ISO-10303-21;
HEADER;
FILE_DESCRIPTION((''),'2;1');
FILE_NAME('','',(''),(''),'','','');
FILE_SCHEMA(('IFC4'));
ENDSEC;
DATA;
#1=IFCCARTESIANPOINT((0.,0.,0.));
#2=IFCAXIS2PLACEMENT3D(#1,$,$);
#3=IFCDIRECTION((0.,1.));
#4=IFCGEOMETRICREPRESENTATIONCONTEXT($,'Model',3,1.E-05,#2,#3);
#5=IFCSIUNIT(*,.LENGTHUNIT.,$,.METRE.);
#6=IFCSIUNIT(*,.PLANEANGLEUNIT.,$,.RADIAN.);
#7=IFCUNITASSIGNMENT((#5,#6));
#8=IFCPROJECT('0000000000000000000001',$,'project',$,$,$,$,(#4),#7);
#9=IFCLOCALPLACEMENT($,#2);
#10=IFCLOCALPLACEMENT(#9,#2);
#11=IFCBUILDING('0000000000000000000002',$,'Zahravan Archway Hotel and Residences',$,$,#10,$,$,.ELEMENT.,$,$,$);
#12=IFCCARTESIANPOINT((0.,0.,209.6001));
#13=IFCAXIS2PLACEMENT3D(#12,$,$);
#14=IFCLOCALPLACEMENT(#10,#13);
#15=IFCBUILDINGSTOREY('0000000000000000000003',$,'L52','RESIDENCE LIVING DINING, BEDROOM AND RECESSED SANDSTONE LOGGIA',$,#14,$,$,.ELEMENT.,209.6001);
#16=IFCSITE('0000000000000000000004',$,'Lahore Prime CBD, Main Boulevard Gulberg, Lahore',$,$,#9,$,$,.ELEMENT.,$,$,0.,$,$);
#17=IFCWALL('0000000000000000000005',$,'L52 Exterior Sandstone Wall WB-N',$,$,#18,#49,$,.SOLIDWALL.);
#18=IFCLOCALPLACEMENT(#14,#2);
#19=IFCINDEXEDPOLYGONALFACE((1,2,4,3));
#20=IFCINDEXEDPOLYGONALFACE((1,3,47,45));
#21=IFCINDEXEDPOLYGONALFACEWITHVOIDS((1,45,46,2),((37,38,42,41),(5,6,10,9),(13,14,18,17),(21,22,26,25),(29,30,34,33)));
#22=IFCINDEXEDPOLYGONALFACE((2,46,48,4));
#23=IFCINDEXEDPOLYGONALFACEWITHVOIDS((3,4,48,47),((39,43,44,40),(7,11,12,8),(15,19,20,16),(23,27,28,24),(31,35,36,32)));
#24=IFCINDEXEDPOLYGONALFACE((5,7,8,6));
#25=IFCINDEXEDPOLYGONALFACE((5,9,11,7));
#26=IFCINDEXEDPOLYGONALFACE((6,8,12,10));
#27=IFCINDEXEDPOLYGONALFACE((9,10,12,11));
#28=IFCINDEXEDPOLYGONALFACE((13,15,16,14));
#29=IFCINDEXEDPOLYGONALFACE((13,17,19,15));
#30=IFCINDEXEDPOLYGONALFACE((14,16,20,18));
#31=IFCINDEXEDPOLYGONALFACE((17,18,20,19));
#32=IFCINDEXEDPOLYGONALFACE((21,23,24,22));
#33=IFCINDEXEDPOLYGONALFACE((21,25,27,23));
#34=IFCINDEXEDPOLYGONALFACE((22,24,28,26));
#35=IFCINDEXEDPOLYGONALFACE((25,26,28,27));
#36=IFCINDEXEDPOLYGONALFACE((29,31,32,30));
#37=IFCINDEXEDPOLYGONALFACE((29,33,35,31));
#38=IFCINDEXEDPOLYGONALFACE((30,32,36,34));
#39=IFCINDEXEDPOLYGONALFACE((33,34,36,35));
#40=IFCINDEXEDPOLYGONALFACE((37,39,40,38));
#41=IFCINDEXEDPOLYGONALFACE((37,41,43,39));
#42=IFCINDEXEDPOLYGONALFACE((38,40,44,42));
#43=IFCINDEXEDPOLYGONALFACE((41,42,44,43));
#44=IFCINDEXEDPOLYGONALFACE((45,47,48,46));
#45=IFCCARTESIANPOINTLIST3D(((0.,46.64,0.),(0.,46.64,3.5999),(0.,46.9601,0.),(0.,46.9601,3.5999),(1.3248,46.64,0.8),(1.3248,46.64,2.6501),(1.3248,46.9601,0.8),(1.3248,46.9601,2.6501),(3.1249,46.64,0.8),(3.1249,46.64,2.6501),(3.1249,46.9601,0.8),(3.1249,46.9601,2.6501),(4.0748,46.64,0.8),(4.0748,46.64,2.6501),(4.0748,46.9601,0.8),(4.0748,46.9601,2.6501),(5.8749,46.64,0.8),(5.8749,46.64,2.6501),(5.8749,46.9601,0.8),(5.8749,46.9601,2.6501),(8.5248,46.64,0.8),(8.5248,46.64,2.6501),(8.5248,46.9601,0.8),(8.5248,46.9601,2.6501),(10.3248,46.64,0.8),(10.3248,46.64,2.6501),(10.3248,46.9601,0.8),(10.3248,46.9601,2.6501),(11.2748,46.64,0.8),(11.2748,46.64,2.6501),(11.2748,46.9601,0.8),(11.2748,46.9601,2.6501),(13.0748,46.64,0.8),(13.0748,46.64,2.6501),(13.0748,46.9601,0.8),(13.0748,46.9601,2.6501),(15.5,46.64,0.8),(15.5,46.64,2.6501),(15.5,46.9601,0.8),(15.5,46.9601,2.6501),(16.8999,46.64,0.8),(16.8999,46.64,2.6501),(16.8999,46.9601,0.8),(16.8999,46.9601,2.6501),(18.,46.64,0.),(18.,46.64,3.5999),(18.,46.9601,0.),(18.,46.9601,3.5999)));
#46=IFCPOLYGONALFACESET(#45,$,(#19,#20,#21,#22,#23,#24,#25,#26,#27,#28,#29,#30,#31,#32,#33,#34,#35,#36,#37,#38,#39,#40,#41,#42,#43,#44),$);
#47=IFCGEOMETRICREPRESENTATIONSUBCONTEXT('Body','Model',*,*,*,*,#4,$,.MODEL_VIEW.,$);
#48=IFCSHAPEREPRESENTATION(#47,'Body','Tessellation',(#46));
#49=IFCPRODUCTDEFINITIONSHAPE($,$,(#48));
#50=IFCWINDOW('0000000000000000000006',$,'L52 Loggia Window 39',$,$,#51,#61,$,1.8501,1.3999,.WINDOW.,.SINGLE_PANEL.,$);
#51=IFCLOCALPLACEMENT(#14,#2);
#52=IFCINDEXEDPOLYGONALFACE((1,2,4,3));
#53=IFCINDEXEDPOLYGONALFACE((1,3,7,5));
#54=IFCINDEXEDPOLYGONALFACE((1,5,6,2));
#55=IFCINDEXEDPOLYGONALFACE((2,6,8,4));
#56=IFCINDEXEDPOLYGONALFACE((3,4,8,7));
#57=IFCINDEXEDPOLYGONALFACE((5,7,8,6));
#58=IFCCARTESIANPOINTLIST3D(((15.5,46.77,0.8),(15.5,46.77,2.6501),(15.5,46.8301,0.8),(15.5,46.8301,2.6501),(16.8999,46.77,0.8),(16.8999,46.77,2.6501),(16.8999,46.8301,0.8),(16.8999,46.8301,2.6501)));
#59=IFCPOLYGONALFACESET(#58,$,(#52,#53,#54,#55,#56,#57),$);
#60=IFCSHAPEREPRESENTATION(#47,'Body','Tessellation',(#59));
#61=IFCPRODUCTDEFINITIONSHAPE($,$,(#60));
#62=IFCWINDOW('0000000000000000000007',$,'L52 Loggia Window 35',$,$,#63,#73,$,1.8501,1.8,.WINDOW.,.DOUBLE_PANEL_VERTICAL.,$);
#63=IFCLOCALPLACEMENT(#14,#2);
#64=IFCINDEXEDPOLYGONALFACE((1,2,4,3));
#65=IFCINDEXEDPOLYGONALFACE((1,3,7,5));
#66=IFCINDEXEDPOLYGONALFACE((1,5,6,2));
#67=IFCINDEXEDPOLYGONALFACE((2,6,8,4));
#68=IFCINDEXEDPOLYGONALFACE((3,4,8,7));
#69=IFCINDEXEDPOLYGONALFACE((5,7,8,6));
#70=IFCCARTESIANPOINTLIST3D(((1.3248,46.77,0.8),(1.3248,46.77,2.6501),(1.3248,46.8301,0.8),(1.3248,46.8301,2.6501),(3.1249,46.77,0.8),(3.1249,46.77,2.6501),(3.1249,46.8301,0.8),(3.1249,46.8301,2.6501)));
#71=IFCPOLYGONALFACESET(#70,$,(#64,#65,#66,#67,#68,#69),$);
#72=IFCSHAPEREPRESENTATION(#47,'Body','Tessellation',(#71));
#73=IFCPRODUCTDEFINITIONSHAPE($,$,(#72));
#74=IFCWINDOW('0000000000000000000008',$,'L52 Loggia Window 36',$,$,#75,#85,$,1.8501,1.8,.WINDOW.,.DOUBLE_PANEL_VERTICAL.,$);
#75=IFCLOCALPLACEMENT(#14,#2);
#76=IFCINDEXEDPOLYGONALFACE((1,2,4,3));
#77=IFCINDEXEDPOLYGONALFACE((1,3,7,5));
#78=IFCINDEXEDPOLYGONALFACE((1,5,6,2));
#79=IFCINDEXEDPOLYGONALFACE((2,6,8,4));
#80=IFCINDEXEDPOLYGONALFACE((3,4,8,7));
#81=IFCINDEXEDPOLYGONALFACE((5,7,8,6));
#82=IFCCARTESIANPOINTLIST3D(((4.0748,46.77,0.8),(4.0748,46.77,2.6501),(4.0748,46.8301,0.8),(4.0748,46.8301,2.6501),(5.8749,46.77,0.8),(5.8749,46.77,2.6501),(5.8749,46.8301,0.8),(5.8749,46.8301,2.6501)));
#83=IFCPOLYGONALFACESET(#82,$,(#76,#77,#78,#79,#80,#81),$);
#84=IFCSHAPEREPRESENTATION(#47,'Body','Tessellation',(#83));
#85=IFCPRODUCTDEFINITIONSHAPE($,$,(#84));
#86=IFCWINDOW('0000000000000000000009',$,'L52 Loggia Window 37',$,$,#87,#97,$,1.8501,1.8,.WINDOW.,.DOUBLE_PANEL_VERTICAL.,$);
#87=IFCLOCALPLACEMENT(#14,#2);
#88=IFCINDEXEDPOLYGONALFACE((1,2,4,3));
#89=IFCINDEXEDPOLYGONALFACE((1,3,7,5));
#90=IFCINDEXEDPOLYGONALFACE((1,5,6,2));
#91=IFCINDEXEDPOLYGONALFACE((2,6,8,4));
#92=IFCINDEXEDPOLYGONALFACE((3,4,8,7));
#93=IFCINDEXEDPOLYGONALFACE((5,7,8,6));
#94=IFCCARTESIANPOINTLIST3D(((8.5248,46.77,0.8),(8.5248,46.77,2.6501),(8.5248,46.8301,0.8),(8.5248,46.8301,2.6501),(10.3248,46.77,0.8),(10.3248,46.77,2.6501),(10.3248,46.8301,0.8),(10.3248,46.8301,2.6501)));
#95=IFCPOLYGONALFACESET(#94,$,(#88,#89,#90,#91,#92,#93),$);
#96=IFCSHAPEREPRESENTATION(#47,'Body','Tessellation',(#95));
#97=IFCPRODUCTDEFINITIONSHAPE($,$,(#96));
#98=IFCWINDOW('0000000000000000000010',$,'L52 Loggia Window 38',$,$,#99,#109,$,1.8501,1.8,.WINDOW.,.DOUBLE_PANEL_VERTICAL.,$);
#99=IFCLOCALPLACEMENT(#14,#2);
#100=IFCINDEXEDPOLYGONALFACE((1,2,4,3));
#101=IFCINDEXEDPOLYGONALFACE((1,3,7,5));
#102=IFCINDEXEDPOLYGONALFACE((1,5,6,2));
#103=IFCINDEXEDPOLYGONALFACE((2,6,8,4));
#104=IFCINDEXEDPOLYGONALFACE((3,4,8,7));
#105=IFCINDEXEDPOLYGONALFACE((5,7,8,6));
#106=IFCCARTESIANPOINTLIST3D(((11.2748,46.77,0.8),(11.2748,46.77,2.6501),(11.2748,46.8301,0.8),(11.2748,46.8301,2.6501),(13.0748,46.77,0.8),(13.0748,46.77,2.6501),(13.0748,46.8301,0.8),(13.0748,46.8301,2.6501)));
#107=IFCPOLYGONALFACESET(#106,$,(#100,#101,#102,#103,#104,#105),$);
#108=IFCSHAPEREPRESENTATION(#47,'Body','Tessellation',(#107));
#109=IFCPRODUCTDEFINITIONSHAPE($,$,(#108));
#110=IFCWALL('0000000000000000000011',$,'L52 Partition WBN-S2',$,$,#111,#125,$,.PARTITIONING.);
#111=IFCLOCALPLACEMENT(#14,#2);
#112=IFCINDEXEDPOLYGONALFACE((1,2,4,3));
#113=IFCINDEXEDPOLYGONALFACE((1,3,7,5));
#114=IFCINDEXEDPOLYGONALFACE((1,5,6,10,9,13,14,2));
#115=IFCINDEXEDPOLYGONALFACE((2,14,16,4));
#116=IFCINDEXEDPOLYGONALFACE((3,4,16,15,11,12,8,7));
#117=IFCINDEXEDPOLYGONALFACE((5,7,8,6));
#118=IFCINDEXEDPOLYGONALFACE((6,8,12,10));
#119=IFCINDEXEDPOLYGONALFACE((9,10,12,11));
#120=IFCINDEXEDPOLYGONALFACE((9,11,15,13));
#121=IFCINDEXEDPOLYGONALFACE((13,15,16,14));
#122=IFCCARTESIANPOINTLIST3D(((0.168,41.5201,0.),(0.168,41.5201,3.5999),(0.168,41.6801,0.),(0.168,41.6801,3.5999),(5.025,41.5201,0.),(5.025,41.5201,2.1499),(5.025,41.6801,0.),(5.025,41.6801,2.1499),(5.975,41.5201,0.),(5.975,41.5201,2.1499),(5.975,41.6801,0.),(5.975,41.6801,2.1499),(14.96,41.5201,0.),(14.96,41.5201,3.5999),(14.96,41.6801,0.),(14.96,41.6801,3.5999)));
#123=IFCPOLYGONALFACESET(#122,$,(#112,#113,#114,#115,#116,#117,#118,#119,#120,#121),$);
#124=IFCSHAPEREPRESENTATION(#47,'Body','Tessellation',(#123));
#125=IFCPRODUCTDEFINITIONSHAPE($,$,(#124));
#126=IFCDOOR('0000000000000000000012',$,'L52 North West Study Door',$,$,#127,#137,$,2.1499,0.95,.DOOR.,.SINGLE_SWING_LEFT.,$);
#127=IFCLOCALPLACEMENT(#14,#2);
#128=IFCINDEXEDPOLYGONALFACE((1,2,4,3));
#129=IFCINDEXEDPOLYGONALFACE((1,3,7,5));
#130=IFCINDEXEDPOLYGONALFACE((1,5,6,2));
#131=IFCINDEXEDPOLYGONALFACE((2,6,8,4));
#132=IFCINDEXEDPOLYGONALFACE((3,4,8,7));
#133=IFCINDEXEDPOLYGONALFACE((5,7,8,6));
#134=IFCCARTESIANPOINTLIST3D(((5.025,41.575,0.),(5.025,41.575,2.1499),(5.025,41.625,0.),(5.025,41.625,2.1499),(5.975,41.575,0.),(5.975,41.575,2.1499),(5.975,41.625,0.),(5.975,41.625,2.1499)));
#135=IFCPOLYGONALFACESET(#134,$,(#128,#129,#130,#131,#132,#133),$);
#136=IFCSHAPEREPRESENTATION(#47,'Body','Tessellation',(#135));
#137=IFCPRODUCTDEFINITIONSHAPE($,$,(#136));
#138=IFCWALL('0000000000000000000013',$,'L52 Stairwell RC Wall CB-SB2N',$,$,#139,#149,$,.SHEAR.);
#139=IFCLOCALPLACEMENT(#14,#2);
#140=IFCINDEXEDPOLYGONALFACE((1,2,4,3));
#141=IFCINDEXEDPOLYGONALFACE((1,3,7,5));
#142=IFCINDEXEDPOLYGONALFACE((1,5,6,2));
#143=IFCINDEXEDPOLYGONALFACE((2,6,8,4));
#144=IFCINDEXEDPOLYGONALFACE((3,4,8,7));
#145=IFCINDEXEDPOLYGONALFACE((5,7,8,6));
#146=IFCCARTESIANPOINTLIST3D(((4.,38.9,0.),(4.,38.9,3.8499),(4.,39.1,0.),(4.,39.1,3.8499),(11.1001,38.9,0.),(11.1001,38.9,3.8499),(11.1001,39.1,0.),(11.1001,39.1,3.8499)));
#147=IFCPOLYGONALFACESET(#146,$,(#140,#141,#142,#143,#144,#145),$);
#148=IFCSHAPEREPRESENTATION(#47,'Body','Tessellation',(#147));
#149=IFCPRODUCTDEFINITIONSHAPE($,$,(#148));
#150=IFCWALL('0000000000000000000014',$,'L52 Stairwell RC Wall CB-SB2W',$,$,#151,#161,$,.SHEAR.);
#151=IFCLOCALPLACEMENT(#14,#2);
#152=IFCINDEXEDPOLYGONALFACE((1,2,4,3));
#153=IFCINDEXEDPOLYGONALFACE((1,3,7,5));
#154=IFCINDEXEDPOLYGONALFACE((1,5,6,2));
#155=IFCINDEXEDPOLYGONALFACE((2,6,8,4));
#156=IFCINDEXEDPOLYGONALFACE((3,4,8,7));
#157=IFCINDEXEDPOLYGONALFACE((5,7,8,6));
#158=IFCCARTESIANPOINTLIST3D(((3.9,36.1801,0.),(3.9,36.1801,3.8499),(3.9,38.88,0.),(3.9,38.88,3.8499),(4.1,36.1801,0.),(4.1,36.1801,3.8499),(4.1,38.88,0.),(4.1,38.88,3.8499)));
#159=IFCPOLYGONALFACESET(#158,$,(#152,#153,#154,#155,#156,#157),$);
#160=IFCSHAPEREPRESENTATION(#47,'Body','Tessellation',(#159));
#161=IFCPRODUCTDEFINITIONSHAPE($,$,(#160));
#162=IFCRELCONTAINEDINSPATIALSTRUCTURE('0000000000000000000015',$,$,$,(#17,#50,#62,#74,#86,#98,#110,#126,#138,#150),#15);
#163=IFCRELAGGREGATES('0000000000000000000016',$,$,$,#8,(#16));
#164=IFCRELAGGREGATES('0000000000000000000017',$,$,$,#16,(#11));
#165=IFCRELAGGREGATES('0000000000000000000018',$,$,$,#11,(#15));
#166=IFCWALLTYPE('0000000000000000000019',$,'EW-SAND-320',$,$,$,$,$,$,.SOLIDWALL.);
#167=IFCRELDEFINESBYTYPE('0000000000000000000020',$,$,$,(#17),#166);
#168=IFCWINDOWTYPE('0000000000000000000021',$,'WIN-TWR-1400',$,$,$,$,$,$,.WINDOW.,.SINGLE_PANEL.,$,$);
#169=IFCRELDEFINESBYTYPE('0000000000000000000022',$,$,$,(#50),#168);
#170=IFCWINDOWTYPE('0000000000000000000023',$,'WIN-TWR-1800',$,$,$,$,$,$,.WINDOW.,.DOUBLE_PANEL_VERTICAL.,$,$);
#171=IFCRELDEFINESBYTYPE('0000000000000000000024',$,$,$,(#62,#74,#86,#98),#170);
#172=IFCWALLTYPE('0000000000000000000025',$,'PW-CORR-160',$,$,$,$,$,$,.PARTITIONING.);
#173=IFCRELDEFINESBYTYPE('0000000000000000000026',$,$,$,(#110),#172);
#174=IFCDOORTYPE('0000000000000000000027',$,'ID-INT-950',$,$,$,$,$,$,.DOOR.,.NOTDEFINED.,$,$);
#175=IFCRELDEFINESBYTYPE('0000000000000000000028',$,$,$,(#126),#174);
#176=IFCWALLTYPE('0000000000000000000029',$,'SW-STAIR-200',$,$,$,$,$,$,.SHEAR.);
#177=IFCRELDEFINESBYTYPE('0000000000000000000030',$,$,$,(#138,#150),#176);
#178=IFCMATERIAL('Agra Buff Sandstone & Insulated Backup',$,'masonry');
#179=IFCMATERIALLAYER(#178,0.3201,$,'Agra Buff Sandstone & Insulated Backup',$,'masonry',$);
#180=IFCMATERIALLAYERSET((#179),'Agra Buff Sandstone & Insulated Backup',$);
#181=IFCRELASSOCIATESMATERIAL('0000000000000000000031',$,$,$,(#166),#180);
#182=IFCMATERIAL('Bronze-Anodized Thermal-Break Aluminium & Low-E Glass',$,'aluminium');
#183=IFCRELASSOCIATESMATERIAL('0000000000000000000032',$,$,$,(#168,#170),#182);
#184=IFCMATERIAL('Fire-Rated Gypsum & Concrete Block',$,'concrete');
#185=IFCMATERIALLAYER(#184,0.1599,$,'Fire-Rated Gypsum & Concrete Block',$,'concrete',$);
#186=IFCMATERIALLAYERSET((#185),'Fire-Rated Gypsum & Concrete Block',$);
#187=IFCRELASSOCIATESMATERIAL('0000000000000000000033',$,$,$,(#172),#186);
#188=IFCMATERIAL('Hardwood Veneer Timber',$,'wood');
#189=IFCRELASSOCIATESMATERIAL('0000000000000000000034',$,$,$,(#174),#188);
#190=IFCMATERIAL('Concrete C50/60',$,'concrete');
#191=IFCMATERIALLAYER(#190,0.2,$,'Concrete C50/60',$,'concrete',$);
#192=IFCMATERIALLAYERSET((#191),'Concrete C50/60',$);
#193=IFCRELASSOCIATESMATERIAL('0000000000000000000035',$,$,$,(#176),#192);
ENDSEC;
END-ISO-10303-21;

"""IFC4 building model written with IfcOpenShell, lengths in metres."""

from ifc_helpers import new_model, si_unit, direction, frame, frame_2d, origin, place, context, subcontext, project, spatial, rectangle, extrude, source, transform, mapped, material, layer, layer_set, type_object, type_shapes, element, fill, save


model = new_model("IFC4")

# Units and contexts
model_context = context("Model", 3, precision=1e-05, world=origin(), true_north=direction((0.0, 1.0)))
body_context = subcontext(model_context, "Body", "Model", "MODEL_VIEW")
ifc_project = project(units=[si_unit("LENGTHUNIT", "METRE"), si_unit("PLANEANGLEUNIT", "RADIAN")], contexts=[model_context])

# Site, building, storey
site_placement = place(None, origin())
site = spatial("IfcSite", under=ifc_project, at=site_placement, Name="Lahore Prime CBD, Main Boulevard Gulberg, Lahore", CompositionType="ELEMENT", RefElevation=0.0)
building_placement = place(site_placement, origin())
building = spatial("IfcBuilding", under=site, at=building_placement, Name="Zahravan Archway Hotel and Residences", CompositionType="ELEMENT")
storey_placement = place(building_placement, frame((0.0, 0.0, 209.6001)))
storey = spatial("IfcBuildingStorey", under=building, at=storey_placement, Name="L52", Description="RESIDENCE LIVING DINING, BEDROOM AND RECESSED SANDSTONE LOGGIA", CompositionType="ELEMENT", Elevation=209.6001)

# Wall, openings, windows
ifc_material_1 = material(Name="Agra Buff Sandstone & Insulated Backup", Category="masonry")
ifc_layer_1 = layer(ifc_material_1, 0.3201, Name="Agra Buff Sandstone & Insulated Backup", Category="masonry")
ifc_layer_set_1 = layer_set([ifc_layer_1], Name="Agra Buff Sandstone & Insulated Backup")
wall_type_1 = type_object("IfcWallType", Name="EW-SAND-320", PredefinedType="SOLIDWALL", material=ifc_layer_set_1)
wall_1_placement = place(storey_placement, frame((0.0, 46.8, 0.0), z_axis=(0.0, 0.0, 1.0), x_axis=(1.0, 0.0, 0.0)))
wall_1 = element("IfcWall", 1, at=wall_1_placement, inside=storey, type_object=wall_type_1, Name="L52 Exterior Sandstone Wall WB-N", PredefinedType="SOLIDWALL", context=body_context, shape_type="SweptSolid", body=[
    extrude(rectangle(XDim=18.0, YDim=0.3201, at=frame_2d((9.0, 0.0))), origin(), (0.0, 0.0, 1.0), 3.5999),
])
opening_1_placement = place(wall_1_placement, frame((1.325, 0.0, 0.8)))
opening_1 = element("IfcOpeningElement", 2, at=opening_1_placement, cuts=wall_1, PredefinedType="OPENING", context=body_context, shape_type="SweptSolid", body=[
    extrude(rectangle(XDim=1.8, YDim=1.8501, at=frame_2d((0.8999, 0.925))), frame((0.0, 0.1699, 0.0), z_axis=(0.0, -1.0, 0.0), x_axis=(1.0, 0.0, 0.0)), (0.0, 0.0, 1.0), 0.3401),
])
opening_2_placement = place(wall_1_placement, frame((4.075, 0.0, 0.8)))
opening_2 = element("IfcOpeningElement", 3, at=opening_2_placement, cuts=wall_1, PredefinedType="OPENING", context=body_context, shape_type="SweptSolid", body=[
    extrude(rectangle(XDim=1.8, YDim=1.8501, at=frame_2d((0.8999, 0.925))), frame((0.0, 0.1699, 0.0), z_axis=(0.0, -1.0, 0.0), x_axis=(1.0, 0.0, 0.0)), (0.0, 0.0, 1.0), 0.3401),
])
opening_3_placement = place(wall_1_placement, frame((8.5249, 0.0, 0.8)))
opening_3 = element("IfcOpeningElement", 4, at=opening_3_placement, cuts=wall_1, PredefinedType="OPENING", context=body_context, shape_type="SweptSolid", body=[
    extrude(rectangle(XDim=1.8, YDim=1.8501, at=frame_2d((0.8999, 0.925))), frame((0.0, 0.1699, 0.0), z_axis=(0.0, -1.0, 0.0), x_axis=(1.0, 0.0, 0.0)), (0.0, 0.0, 1.0), 0.3401),
])
opening_4_placement = place(wall_1_placement, frame((11.2749, 0.0, 0.8)))
opening_4 = element("IfcOpeningElement", 5, at=opening_4_placement, cuts=wall_1, PredefinedType="OPENING", context=body_context, shape_type="SweptSolid", body=[
    extrude(rectangle(XDim=1.8, YDim=1.8501, at=frame_2d((0.8999, 0.925))), frame((0.0, 0.1699, 0.0), z_axis=(0.0, -1.0, 0.0), x_axis=(1.0, 0.0, 0.0)), (0.0, 0.0, 1.0), 0.3401),
])
opening_5_placement = place(wall_1_placement, frame((15.5, 0.0, 0.8)))
opening_5 = element("IfcOpeningElement", 6, at=opening_5_placement, cuts=wall_1, PredefinedType="OPENING", context=body_context, shape_type="SweptSolid", body=[
    extrude(rectangle(XDim=1.3999, YDim=1.8501, at=frame_2d((0.7, 0.925))), frame((0.0, 0.1699, 0.0), z_axis=(0.0, -1.0, 0.0), x_axis=(1.0, 0.0, 0.0)), (0.0, 0.0, 1.0), 0.3401),
])
ifc_material_2 = material(Name="Bronze-Anodized Thermal-Break Aluminium & Low-E Glass", Category="aluminium")
window_type_1 = type_object("IfcWindowType", Name="WIN-TWR-1400", PartitioningType="SINGLE_PANEL", PredefinedType="WINDOW", material=ifc_material_2)
shared_shape_1 = source(origin(), body_context, "Body", "SweptSolid", [
    extrude(rectangle(XDim=1.3999, YDim=1.8501, at=frame_2d((0.7, 0.925))), frame((0.0, 0.03, 0.0), z_axis=(0.0, -1.0, 0.0), x_axis=(1.0, 0.0, 0.0)), (0.0, 0.0, 1.0), 0.0601),
])
type_shapes(window_type_1, [shared_shape_1])
window_1_placement = place(opening_5_placement, origin())
window_1 = element("IfcWindow", 7, at=window_1_placement, inside=storey, type_object=window_type_1, Name="L52 Loggia Window 39", OverallHeight=1.8501, OverallWidth=1.3999, PartitioningType="SINGLE_PANEL", PredefinedType="WINDOW", context=body_context, shape_type="MappedRepresentation", body=[
    mapped(shared_shape_1, transform((0.0, 0.0, 0.0), scale=1.0)),
])
fill(opening_5, window_1)
window_type_2 = type_object("IfcWindowType", Name="WIN-TWR-1800", PartitioningType="DOUBLE_PANEL_VERTICAL", PredefinedType="WINDOW", material=ifc_material_2)
shared_shape_2 = source(origin(), body_context, "Body", "SweptSolid", [
    extrude(rectangle(XDim=1.8, YDim=1.8501, at=frame_2d((0.8999, 0.925))), frame((0.0, 0.03, 0.0), z_axis=(0.0, -1.0, 0.0), x_axis=(1.0, 0.0, 0.0)), (0.0, 0.0, 1.0), 0.0601),
])
type_shapes(window_type_2, [shared_shape_2])
window_2_placement = place(opening_1_placement, origin())
window_2 = element("IfcWindow", 8, at=window_2_placement, inside=storey, type_object=window_type_2, Name="L52 Loggia Window 35", OverallHeight=1.8501, OverallWidth=1.8, PartitioningType="DOUBLE_PANEL_VERTICAL", PredefinedType="WINDOW", context=body_context, shape_type="MappedRepresentation", body=[
    mapped(shared_shape_2, transform((0.0, 0.0, 0.0), scale=1.0)),
])
fill(opening_1, window_2)
window_3_placement = place(opening_2_placement, origin())
window_3 = element("IfcWindow", 9, at=window_3_placement, inside=storey, type_object=window_type_2, Name="L52 Loggia Window 36", OverallHeight=1.8501, OverallWidth=1.8, PartitioningType="DOUBLE_PANEL_VERTICAL", PredefinedType="WINDOW", context=body_context, shape_type="MappedRepresentation", body=[
    mapped(shared_shape_2, transform((0.0, 0.0, 0.0), scale=1.0)),
])
fill(opening_2, window_3)
window_4_placement = place(opening_3_placement, origin())
window_4 = element("IfcWindow", 10, at=window_4_placement, inside=storey, type_object=window_type_2, Name="L52 Loggia Window 37", OverallHeight=1.8501, OverallWidth=1.8, PartitioningType="DOUBLE_PANEL_VERTICAL", PredefinedType="WINDOW", context=body_context, shape_type="MappedRepresentation", body=[
    mapped(shared_shape_2, transform((0.0, 0.0, 0.0), scale=1.0)),
])
fill(opening_3, window_4)
window_5_placement = place(opening_4_placement, origin())
window_5 = element("IfcWindow", 11, at=window_5_placement, inside=storey, type_object=window_type_2, Name="L52 Loggia Window 38", OverallHeight=1.8501, OverallWidth=1.8, PartitioningType="DOUBLE_PANEL_VERTICAL", PredefinedType="WINDOW", context=body_context, shape_type="MappedRepresentation", body=[
    mapped(shared_shape_2, transform((0.0, 0.0, 0.0), scale=1.0)),
])
fill(opening_4, window_5)

# Wall, opening, door
ifc_material_3 = material(Name="Fire-Rated Gypsum & Concrete Block", Category="concrete")
ifc_layer_2 = layer(ifc_material_3, 0.1599, Name="Fire-Rated Gypsum & Concrete Block", Category="concrete")
ifc_layer_set_2 = layer_set([ifc_layer_2], Name="Fire-Rated Gypsum & Concrete Block")
wall_type_2 = type_object("IfcWallType", Name="PW-CORR-160", PredefinedType="PARTITIONING", material=ifc_layer_set_2)
wall_2_placement = place(storey_placement, frame((0.168, 41.6001, 0.0), z_axis=(0.0, 0.0, 1.0), x_axis=(1.0, 0.0, 0.0)))
wall_2 = element("IfcWall", 12, at=wall_2_placement, inside=storey, type_object=wall_type_2, Name="L52 Partition WBN-S2", PredefinedType="PARTITIONING", context=body_context, shape_type="SweptSolid", body=[
    extrude(rectangle(XDim=14.792, YDim=0.1599, at=frame_2d((7.396, 0.0))), origin(), (0.0, 0.0, 1.0), 3.5999),
])
opening_6_placement = place(wall_2_placement, frame((4.8569, 0.0, 0.0)))
opening_6 = element("IfcOpeningElement", 13, at=opening_6_placement, cuts=wall_2, PredefinedType="OPENING", context=body_context, shape_type="SweptSolid", body=[
    extrude(rectangle(XDim=0.95, YDim=2.1499, at=frame_2d((0.4751, 1.075))), frame((0.0, 0.0898, 0.0), z_axis=(0.0, -1.0, 0.0), x_axis=(1.0, 0.0, 0.0)), (0.0, 0.0, 1.0), 0.1799),
])
ifc_material_4 = material(Name="Hardwood Veneer Timber", Category="wood")
door_type_1 = type_object("IfcDoorType", Name="ID-INT-950", OperationType="NOTDEFINED", PredefinedType="DOOR", material=ifc_material_4)
shared_shape_3 = source(origin(), body_context, "Body", "SweptSolid", [
    extrude(rectangle(XDim=0.95, YDim=2.1499, at=frame_2d((0.4751, 1.075))), frame((0.0, 0.0249, 0.0), z_axis=(0.0, -1.0, 0.0), x_axis=(1.0, 0.0, 0.0)), (0.0, 0.0, 1.0), 0.05),
])
type_shapes(door_type_1, [shared_shape_3])
door_1_placement = place(opening_6_placement, origin())
door_1 = element("IfcDoor", 14, at=door_1_placement, inside=storey, type_object=door_type_1, Name="L52 North West Study Door", OperationType="SINGLE_SWING_LEFT", OverallHeight=2.1499, OverallWidth=0.95, PredefinedType="DOOR", context=body_context, shape_type="MappedRepresentation", body=[
    mapped(shared_shape_3, transform((0.0, 0.0, 0.0), scale=1.0)),
])
fill(opening_6, door_1)

# Walls
ifc_material_5 = material(Name="Concrete C50/60", Category="concrete")
ifc_layer_3 = layer(ifc_material_5, 0.2, Name="Concrete C50/60", Category="concrete")
ifc_layer_set_3 = layer_set([ifc_layer_3], Name="Concrete C50/60")
wall_type_3 = type_object("IfcWallType", Name="SW-STAIR-200", PredefinedType="SHEAR", material=ifc_layer_set_3)
wall_3_placement = place(storey_placement, frame((4.0, 39.0, 0.0), z_axis=(0.0, 0.0, 1.0), x_axis=(1.0, 0.0, 0.0)))
element("IfcWall", 15, at=wall_3_placement, inside=storey, type_object=wall_type_3, Name="L52 Stairwell RC Wall CB-SB2N", PredefinedType="SHEAR", context=body_context, shape_type="SweptSolid", body=[
    extrude(rectangle(XDim=7.1001, YDim=0.2, at=frame_2d((3.55, 0.0))), origin(), (0.0, 0.0, 1.0), 3.8499),
])
wall_4_placement = place(storey_placement, frame((4.0, 36.1799, 0.0), z_axis=(0.0, 0.0, 1.0), x_axis=(0.0, 1.0, 0.0)))
element("IfcWall", 16, at=wall_4_placement, inside=storey, type_object=wall_type_3, Name="L52 Stairwell RC Wall CB-SB2W", PredefinedType="SHEAR", context=body_context, shape_type="SweptSolid", body=[
    extrude(rectangle(XDim=2.7, YDim=0.2, at=frame_2d((1.3501, 0.0))), origin(), (0.0, 0.0, 1.0), 3.8499),
])

save(model, "model.ifc")
